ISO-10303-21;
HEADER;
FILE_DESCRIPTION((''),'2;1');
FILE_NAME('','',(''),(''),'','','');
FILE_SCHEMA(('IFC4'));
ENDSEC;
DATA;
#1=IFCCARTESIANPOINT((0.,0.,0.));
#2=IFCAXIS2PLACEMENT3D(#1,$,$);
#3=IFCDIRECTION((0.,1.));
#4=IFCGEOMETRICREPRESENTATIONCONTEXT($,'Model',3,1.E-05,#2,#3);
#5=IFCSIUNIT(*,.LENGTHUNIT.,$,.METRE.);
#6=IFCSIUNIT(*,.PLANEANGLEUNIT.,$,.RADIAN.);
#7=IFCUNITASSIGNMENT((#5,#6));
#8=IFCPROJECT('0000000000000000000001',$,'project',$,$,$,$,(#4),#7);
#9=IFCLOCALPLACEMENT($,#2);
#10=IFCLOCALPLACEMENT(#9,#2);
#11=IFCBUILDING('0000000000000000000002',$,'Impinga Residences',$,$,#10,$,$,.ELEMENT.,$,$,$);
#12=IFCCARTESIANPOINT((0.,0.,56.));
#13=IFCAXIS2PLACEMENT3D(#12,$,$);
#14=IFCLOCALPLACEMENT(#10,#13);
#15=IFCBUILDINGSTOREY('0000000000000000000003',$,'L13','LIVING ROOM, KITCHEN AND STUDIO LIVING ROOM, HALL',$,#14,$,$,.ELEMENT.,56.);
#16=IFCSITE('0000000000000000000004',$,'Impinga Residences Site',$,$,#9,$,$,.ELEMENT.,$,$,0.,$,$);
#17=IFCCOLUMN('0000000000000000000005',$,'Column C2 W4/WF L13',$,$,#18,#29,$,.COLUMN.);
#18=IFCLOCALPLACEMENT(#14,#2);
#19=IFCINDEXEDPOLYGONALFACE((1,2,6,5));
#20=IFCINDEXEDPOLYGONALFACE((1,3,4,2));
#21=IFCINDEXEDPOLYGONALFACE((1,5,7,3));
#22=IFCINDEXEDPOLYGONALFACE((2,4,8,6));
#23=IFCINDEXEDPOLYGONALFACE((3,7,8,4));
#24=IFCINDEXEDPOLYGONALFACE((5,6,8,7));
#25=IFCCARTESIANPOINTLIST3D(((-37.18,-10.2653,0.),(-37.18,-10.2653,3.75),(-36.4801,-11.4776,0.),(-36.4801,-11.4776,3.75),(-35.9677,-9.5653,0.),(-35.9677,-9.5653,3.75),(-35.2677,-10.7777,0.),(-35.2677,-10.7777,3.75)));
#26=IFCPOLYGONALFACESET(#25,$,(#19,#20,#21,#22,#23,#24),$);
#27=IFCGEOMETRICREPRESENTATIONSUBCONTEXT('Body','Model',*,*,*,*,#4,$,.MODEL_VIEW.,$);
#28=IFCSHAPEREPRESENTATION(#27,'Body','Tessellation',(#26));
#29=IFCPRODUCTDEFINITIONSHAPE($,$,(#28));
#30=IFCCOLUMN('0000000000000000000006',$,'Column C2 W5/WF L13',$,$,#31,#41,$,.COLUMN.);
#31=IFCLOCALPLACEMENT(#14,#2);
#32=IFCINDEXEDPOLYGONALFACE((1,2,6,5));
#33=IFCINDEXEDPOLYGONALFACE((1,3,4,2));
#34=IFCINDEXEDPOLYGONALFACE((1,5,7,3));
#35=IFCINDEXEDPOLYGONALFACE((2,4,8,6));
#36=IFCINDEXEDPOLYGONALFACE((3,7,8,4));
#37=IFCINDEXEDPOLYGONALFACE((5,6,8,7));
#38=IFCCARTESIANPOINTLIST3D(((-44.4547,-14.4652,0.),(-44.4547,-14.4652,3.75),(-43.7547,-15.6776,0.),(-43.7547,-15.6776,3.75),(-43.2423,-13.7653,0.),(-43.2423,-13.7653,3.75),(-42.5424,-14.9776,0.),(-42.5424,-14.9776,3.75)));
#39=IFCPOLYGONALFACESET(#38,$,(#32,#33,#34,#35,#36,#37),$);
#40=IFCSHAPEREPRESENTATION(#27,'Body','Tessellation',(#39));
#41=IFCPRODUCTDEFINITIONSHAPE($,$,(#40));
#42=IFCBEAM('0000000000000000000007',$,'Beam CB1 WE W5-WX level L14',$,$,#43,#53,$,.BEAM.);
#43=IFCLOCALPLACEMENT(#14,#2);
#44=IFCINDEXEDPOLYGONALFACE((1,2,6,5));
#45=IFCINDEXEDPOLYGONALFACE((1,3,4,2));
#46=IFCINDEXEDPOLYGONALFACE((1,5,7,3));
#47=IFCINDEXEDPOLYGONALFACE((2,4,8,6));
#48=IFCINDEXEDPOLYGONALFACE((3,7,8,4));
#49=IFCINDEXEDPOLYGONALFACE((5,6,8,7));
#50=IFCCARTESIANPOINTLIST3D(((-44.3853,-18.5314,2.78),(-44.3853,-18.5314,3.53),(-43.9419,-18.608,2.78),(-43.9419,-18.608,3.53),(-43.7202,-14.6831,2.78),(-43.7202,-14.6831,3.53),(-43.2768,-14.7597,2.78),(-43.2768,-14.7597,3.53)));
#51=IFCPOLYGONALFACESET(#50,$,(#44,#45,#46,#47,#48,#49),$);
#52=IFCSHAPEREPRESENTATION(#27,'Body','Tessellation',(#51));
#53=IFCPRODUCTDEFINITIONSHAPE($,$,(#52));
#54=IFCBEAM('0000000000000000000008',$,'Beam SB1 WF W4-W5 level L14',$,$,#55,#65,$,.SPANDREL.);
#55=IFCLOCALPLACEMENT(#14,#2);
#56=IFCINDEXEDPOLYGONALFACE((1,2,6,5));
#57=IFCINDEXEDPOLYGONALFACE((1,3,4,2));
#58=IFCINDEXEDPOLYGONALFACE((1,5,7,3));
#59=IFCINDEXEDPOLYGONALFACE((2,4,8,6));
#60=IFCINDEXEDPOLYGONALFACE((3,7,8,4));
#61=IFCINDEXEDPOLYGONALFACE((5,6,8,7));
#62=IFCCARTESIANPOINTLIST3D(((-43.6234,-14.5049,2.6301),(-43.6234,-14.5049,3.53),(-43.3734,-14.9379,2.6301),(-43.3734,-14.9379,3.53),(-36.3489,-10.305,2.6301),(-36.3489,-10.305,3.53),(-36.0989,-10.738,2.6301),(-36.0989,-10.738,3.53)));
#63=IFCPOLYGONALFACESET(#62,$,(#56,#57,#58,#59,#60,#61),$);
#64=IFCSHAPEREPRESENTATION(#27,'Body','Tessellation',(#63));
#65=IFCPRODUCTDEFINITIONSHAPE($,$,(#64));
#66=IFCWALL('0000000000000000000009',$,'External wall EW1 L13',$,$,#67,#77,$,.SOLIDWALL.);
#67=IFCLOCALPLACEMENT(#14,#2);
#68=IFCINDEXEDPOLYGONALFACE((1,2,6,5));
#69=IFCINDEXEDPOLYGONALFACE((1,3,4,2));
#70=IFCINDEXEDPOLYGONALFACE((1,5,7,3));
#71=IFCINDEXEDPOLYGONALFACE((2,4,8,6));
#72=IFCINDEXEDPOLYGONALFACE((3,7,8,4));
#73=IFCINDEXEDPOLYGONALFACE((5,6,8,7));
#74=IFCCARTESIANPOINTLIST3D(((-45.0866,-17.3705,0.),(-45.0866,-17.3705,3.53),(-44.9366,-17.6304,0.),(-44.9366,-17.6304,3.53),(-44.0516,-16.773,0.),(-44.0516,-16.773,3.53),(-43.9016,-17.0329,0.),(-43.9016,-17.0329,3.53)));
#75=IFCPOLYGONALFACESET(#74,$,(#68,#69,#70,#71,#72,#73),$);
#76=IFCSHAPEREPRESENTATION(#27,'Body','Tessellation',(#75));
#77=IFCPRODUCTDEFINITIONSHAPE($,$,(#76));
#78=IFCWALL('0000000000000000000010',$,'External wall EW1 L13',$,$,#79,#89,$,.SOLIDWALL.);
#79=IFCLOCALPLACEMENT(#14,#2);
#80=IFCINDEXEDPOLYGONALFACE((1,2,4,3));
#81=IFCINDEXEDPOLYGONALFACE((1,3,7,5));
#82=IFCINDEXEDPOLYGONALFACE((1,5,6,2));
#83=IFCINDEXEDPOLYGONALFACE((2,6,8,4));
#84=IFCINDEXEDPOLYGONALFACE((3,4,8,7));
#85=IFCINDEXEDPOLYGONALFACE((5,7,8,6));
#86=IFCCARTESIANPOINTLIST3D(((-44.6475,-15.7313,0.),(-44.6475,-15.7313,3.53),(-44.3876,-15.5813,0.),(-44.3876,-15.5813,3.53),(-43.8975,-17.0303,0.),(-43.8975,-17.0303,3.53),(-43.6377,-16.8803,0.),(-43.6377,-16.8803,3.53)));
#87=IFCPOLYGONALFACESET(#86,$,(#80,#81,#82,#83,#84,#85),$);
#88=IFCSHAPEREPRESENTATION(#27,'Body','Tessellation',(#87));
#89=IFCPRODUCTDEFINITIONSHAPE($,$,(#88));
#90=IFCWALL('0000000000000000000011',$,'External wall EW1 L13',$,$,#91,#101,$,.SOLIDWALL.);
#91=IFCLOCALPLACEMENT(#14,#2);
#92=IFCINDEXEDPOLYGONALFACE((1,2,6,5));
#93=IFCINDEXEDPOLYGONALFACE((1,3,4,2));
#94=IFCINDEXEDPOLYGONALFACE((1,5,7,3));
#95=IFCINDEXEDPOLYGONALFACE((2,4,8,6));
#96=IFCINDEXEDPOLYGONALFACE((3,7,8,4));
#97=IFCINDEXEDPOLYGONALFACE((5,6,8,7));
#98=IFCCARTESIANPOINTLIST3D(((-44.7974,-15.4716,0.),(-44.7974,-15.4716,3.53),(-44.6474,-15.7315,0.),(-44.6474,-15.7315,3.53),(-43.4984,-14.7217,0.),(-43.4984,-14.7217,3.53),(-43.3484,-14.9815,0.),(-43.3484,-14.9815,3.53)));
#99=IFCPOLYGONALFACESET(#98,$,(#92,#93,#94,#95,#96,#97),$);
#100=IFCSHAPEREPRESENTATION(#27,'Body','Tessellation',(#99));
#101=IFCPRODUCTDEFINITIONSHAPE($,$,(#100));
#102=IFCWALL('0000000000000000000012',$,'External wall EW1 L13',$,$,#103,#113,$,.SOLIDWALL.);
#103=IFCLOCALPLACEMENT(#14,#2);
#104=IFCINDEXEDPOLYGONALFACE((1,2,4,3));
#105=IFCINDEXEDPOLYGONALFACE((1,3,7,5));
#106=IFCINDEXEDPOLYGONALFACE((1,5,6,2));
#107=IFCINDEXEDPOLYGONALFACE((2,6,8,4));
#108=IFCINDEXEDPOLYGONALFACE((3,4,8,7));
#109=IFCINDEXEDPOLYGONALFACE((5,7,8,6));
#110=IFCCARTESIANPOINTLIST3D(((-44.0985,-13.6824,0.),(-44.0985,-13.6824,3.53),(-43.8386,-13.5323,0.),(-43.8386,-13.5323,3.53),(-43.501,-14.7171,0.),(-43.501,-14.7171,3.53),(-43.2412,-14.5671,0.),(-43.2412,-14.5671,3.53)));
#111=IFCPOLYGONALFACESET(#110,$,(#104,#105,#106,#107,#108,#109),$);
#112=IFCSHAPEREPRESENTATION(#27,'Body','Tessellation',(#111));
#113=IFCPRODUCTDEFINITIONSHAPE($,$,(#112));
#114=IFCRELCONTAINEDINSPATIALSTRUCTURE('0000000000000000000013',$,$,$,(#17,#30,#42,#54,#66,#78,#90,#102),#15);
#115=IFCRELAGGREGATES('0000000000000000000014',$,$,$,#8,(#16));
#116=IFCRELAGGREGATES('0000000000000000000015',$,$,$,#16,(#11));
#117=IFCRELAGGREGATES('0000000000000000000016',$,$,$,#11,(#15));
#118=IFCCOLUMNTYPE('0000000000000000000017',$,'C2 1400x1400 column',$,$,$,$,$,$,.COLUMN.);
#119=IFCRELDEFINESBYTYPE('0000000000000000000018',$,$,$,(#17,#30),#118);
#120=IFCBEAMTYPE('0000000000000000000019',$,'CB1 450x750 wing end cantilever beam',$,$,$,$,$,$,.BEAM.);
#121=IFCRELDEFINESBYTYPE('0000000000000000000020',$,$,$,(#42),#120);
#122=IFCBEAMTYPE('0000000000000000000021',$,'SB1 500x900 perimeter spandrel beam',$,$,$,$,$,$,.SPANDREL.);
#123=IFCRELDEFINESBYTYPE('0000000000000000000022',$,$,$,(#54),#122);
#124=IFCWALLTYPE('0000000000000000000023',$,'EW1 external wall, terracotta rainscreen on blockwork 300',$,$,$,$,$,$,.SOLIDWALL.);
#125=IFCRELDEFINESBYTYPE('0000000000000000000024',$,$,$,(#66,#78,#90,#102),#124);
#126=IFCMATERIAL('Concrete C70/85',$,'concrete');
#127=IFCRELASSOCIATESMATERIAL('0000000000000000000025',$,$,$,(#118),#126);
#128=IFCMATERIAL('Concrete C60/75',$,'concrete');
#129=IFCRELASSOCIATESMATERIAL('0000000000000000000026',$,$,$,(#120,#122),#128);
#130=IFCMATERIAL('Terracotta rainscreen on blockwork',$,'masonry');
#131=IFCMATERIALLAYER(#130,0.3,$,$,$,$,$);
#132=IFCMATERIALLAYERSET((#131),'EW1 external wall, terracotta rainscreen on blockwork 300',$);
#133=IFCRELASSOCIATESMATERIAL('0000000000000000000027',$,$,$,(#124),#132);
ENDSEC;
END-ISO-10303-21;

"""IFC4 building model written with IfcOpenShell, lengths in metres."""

from ifc_helpers import new_model, si_unit, direction, frame, frame_2d, origin, origin_2d, place, context, subcontext, project, spatial, rectangle, extrude, material, layer, layer_set, material_profile, profile_set, type_object, element, save


model = new_model("IFC4")

# Units and contexts
model_context = context("Model", 3, precision=1e-05, world=origin(), true_north=direction((0.0, 1.0)))
body_context = subcontext(model_context, "Body", "Model", "MODEL_VIEW")
ifc_project = project(units=[si_unit("LENGTHUNIT", "METRE"), si_unit("PLANEANGLEUNIT", "RADIAN")], contexts=[model_context])

# Site, building, storey
site_placement = place(None, origin())
site = spatial("IfcSite", under=ifc_project, at=site_placement, Name="Impinga Residences Site", CompositionType="ELEMENT", RefElevation=0.0)
building_placement = place(site_placement, origin())
building = spatial("IfcBuilding", under=site, at=building_placement, Name="Impinga Residences", CompositionType="ELEMENT")
storey_placement = place(building_placement, frame((0.0, 0.0, 56.0)))
storey = spatial("IfcBuildingStorey", under=building, at=storey_placement, Name="L13", Description="LIVING ROOM, KITCHEN AND STUDIO LIVING ROOM, HALL", CompositionType="ELEMENT", Elevation=56.0)

# Columns
ifc_material_1 = material(Name="Concrete C70/85", Category="concrete")
ifc_material_profile_1 = material_profile(ifc_material_1, rectangle(XDim=1.3999, YDim=1.3999, at=origin_2d()), Name="RC 1400x1400")
ifc_profile_set_1 = profile_set([ifc_material_profile_1], Name="Concrete C70/85")
column_type = type_object("IfcColumnType", Name="C2 1400x1400 column", PredefinedType="COLUMN", material=ifc_profile_set_1)
for number, where, z_axis, x_axis, name in (
    (1, (-36.2239, -10.5215, 0.0), (0.0, 0.0, 1.0), (-0.5, 0.866025, 0.0), "Column C2 W4/WF L13"),
    (2, (-43.4985, -14.7214, 0.0), (0.0, 0.0, 1.0), (-0.5, 0.866025, 0.0), "Column C2 W5/WF L13"),
):
    element("IfcColumn", number, at=place(storey_placement, frame(where, z_axis=z_axis, x_axis=x_axis)), inside=storey, type_object=column_type, Name=name, PredefinedType="COLUMN", context=body_context, shape_type="SweptSolid", body=[
        extrude(rectangle(XDim=1.3999, YDim=1.3999, at=origin_2d()), origin(), (0.0, 0.0, 1.0), 3.75),
    ])

# Beams
ifc_material_2 = material(Name="Concrete C60/75", Category="concrete")
ifc_material_profile_2 = material_profile(ifc_material_2, rectangle(XDim=0.45, YDim=0.75, at=origin_2d()), Name="RC 450x750")
ifc_profile_set_2 = profile_set([ifc_material_profile_2], Name="Concrete C60/75")
beam_type_1 = type_object("IfcBeamType", Name="CB1 450x750 wing end cantilever beam", PredefinedType="BEAM", material=ifc_profile_set_2)
beam_1_placement = place(storey_placement, frame((-43.4985, -14.7214, 3.155), z_axis=(-0.170296, -0.985393, 0.0), x_axis=(0.985393, -0.170296, 0.0)))
element("IfcBeam", 3, at=beam_1_placement, inside=storey, type_object=beam_type_1, Name="Beam CB1 WE W5-WX level L14", PredefinedType="BEAM", context=body_context, shape_type="SweptSolid", body=[
    extrude(rectangle(XDim=0.45, YDim=0.75, at=origin_2d()), origin(), (0.0, 0.0, 1.0), 3.9053),
])
ifc_material_profile_3 = material_profile(ifc_material_2, rectangle(XDim=0.5, YDim=0.8999, at=origin_2d()), Name="RC 500x900")
ifc_profile_set_3 = profile_set([ifc_material_profile_3], Name="Concrete C60/75")
beam_type_2 = type_object("IfcBeamType", Name="SB1 500x900 perimeter spandrel beam", PredefinedType="SPANDREL", material=ifc_profile_set_3)
beam_2_placement = place(storey_placement, frame((-36.2239, -10.5215, 3.0801), z_axis=(-0.866029, -0.499993, 0.0), x_axis=(0.499993, -0.866029, 0.0)))
element("IfcBeam", 4, at=beam_2_placement, inside=storey, type_object=beam_type_2, Name="Beam SB1 WF W4-W5 level L14", PredefinedType="SPANDREL", context=body_context, shape_type="SweptSolid", body=[
    extrude(rectangle(XDim=0.5, YDim=0.8999, at=origin_2d()), origin(), (0.0, 0.0, 1.0), 8.3999),
])

# Walls
ifc_material_3 = material(Name="Terracotta rainscreen on blockwork", Category="masonry")
ifc_layer_1 = layer(ifc_material_3, 0.3)
ifc_layer_set_1 = layer_set([ifc_layer_1], Name="EW1 external wall, terracotta rainscreen on blockwork 300")
wall_type_1 = type_object("IfcWallType", Name="EW1 external wall, terracotta rainscreen on blockwork 300", PredefinedType="SOLIDWALL", material=ifc_layer_set_1)
wall_1_placement = place(storey_placement, frame((-45.0117, -17.5005, 0.0), z_axis=(0.0, 0.0, 1.0), x_axis=(0.86606, 0.499941, 0.0)))
element("IfcWall", 5, at=wall_1_placement, inside=storey, type_object=wall_type_1, Name="External wall EW1 L13", PredefinedType="SOLIDWALL", context=body_context, shape_type="SweptSolid", body=[
    extrude(rectangle(XDim=1.1951, YDim=0.3, at=frame_2d((0.5977, 0.0))), origin(), (0.0, 0.0, 1.0), 3.53),
])
for number, where, z_axis, x_axis, name in (
    (6, (-43.7676, -16.9553, 0.0), (0.0, 0.0, 1.0), (-0.49999, 0.866031, 0.0), "External wall EW1 L13"),
    (7, (-44.7224, -15.6016, 0.0), (0.0, 0.0, 1.0), (0.866031, 0.49999, 0.0), "External wall EW1 L13"),
):
    element("IfcWall", number, at=place(storey_placement, frame(where, z_axis=z_axis, x_axis=x_axis)), inside=storey, type_object=wall_type_1, Name=name, PredefinedType="SOLIDWALL", context=body_context, shape_type="SweptSolid", body=[
        extrude(rectangle(XDim=1.5, YDim=0.3, at=frame_2d((0.75, 0.0))), origin(), (0.0, 0.0, 1.0), 3.53),
    ])
wall_2_placement = place(storey_placement, frame((-43.3711, -14.6421, 0.0), z_axis=(0.0, 0.0, 1.0), x_axis=(-0.500029, 0.866009, 0.0)))
element("IfcWall", 8, at=wall_2_placement, inside=storey, type_object=wall_type_1, Name="External wall EW1 L13", PredefinedType="SOLIDWALL", context=body_context, shape_type="SweptSolid", body=[
    extrude(rectangle(XDim=1.1948, YDim=0.3, at=frame_2d((0.5974, 0.0))), origin(), (0.0, 0.0, 1.0), 3.53),
])

save(model, "model.ifc")
